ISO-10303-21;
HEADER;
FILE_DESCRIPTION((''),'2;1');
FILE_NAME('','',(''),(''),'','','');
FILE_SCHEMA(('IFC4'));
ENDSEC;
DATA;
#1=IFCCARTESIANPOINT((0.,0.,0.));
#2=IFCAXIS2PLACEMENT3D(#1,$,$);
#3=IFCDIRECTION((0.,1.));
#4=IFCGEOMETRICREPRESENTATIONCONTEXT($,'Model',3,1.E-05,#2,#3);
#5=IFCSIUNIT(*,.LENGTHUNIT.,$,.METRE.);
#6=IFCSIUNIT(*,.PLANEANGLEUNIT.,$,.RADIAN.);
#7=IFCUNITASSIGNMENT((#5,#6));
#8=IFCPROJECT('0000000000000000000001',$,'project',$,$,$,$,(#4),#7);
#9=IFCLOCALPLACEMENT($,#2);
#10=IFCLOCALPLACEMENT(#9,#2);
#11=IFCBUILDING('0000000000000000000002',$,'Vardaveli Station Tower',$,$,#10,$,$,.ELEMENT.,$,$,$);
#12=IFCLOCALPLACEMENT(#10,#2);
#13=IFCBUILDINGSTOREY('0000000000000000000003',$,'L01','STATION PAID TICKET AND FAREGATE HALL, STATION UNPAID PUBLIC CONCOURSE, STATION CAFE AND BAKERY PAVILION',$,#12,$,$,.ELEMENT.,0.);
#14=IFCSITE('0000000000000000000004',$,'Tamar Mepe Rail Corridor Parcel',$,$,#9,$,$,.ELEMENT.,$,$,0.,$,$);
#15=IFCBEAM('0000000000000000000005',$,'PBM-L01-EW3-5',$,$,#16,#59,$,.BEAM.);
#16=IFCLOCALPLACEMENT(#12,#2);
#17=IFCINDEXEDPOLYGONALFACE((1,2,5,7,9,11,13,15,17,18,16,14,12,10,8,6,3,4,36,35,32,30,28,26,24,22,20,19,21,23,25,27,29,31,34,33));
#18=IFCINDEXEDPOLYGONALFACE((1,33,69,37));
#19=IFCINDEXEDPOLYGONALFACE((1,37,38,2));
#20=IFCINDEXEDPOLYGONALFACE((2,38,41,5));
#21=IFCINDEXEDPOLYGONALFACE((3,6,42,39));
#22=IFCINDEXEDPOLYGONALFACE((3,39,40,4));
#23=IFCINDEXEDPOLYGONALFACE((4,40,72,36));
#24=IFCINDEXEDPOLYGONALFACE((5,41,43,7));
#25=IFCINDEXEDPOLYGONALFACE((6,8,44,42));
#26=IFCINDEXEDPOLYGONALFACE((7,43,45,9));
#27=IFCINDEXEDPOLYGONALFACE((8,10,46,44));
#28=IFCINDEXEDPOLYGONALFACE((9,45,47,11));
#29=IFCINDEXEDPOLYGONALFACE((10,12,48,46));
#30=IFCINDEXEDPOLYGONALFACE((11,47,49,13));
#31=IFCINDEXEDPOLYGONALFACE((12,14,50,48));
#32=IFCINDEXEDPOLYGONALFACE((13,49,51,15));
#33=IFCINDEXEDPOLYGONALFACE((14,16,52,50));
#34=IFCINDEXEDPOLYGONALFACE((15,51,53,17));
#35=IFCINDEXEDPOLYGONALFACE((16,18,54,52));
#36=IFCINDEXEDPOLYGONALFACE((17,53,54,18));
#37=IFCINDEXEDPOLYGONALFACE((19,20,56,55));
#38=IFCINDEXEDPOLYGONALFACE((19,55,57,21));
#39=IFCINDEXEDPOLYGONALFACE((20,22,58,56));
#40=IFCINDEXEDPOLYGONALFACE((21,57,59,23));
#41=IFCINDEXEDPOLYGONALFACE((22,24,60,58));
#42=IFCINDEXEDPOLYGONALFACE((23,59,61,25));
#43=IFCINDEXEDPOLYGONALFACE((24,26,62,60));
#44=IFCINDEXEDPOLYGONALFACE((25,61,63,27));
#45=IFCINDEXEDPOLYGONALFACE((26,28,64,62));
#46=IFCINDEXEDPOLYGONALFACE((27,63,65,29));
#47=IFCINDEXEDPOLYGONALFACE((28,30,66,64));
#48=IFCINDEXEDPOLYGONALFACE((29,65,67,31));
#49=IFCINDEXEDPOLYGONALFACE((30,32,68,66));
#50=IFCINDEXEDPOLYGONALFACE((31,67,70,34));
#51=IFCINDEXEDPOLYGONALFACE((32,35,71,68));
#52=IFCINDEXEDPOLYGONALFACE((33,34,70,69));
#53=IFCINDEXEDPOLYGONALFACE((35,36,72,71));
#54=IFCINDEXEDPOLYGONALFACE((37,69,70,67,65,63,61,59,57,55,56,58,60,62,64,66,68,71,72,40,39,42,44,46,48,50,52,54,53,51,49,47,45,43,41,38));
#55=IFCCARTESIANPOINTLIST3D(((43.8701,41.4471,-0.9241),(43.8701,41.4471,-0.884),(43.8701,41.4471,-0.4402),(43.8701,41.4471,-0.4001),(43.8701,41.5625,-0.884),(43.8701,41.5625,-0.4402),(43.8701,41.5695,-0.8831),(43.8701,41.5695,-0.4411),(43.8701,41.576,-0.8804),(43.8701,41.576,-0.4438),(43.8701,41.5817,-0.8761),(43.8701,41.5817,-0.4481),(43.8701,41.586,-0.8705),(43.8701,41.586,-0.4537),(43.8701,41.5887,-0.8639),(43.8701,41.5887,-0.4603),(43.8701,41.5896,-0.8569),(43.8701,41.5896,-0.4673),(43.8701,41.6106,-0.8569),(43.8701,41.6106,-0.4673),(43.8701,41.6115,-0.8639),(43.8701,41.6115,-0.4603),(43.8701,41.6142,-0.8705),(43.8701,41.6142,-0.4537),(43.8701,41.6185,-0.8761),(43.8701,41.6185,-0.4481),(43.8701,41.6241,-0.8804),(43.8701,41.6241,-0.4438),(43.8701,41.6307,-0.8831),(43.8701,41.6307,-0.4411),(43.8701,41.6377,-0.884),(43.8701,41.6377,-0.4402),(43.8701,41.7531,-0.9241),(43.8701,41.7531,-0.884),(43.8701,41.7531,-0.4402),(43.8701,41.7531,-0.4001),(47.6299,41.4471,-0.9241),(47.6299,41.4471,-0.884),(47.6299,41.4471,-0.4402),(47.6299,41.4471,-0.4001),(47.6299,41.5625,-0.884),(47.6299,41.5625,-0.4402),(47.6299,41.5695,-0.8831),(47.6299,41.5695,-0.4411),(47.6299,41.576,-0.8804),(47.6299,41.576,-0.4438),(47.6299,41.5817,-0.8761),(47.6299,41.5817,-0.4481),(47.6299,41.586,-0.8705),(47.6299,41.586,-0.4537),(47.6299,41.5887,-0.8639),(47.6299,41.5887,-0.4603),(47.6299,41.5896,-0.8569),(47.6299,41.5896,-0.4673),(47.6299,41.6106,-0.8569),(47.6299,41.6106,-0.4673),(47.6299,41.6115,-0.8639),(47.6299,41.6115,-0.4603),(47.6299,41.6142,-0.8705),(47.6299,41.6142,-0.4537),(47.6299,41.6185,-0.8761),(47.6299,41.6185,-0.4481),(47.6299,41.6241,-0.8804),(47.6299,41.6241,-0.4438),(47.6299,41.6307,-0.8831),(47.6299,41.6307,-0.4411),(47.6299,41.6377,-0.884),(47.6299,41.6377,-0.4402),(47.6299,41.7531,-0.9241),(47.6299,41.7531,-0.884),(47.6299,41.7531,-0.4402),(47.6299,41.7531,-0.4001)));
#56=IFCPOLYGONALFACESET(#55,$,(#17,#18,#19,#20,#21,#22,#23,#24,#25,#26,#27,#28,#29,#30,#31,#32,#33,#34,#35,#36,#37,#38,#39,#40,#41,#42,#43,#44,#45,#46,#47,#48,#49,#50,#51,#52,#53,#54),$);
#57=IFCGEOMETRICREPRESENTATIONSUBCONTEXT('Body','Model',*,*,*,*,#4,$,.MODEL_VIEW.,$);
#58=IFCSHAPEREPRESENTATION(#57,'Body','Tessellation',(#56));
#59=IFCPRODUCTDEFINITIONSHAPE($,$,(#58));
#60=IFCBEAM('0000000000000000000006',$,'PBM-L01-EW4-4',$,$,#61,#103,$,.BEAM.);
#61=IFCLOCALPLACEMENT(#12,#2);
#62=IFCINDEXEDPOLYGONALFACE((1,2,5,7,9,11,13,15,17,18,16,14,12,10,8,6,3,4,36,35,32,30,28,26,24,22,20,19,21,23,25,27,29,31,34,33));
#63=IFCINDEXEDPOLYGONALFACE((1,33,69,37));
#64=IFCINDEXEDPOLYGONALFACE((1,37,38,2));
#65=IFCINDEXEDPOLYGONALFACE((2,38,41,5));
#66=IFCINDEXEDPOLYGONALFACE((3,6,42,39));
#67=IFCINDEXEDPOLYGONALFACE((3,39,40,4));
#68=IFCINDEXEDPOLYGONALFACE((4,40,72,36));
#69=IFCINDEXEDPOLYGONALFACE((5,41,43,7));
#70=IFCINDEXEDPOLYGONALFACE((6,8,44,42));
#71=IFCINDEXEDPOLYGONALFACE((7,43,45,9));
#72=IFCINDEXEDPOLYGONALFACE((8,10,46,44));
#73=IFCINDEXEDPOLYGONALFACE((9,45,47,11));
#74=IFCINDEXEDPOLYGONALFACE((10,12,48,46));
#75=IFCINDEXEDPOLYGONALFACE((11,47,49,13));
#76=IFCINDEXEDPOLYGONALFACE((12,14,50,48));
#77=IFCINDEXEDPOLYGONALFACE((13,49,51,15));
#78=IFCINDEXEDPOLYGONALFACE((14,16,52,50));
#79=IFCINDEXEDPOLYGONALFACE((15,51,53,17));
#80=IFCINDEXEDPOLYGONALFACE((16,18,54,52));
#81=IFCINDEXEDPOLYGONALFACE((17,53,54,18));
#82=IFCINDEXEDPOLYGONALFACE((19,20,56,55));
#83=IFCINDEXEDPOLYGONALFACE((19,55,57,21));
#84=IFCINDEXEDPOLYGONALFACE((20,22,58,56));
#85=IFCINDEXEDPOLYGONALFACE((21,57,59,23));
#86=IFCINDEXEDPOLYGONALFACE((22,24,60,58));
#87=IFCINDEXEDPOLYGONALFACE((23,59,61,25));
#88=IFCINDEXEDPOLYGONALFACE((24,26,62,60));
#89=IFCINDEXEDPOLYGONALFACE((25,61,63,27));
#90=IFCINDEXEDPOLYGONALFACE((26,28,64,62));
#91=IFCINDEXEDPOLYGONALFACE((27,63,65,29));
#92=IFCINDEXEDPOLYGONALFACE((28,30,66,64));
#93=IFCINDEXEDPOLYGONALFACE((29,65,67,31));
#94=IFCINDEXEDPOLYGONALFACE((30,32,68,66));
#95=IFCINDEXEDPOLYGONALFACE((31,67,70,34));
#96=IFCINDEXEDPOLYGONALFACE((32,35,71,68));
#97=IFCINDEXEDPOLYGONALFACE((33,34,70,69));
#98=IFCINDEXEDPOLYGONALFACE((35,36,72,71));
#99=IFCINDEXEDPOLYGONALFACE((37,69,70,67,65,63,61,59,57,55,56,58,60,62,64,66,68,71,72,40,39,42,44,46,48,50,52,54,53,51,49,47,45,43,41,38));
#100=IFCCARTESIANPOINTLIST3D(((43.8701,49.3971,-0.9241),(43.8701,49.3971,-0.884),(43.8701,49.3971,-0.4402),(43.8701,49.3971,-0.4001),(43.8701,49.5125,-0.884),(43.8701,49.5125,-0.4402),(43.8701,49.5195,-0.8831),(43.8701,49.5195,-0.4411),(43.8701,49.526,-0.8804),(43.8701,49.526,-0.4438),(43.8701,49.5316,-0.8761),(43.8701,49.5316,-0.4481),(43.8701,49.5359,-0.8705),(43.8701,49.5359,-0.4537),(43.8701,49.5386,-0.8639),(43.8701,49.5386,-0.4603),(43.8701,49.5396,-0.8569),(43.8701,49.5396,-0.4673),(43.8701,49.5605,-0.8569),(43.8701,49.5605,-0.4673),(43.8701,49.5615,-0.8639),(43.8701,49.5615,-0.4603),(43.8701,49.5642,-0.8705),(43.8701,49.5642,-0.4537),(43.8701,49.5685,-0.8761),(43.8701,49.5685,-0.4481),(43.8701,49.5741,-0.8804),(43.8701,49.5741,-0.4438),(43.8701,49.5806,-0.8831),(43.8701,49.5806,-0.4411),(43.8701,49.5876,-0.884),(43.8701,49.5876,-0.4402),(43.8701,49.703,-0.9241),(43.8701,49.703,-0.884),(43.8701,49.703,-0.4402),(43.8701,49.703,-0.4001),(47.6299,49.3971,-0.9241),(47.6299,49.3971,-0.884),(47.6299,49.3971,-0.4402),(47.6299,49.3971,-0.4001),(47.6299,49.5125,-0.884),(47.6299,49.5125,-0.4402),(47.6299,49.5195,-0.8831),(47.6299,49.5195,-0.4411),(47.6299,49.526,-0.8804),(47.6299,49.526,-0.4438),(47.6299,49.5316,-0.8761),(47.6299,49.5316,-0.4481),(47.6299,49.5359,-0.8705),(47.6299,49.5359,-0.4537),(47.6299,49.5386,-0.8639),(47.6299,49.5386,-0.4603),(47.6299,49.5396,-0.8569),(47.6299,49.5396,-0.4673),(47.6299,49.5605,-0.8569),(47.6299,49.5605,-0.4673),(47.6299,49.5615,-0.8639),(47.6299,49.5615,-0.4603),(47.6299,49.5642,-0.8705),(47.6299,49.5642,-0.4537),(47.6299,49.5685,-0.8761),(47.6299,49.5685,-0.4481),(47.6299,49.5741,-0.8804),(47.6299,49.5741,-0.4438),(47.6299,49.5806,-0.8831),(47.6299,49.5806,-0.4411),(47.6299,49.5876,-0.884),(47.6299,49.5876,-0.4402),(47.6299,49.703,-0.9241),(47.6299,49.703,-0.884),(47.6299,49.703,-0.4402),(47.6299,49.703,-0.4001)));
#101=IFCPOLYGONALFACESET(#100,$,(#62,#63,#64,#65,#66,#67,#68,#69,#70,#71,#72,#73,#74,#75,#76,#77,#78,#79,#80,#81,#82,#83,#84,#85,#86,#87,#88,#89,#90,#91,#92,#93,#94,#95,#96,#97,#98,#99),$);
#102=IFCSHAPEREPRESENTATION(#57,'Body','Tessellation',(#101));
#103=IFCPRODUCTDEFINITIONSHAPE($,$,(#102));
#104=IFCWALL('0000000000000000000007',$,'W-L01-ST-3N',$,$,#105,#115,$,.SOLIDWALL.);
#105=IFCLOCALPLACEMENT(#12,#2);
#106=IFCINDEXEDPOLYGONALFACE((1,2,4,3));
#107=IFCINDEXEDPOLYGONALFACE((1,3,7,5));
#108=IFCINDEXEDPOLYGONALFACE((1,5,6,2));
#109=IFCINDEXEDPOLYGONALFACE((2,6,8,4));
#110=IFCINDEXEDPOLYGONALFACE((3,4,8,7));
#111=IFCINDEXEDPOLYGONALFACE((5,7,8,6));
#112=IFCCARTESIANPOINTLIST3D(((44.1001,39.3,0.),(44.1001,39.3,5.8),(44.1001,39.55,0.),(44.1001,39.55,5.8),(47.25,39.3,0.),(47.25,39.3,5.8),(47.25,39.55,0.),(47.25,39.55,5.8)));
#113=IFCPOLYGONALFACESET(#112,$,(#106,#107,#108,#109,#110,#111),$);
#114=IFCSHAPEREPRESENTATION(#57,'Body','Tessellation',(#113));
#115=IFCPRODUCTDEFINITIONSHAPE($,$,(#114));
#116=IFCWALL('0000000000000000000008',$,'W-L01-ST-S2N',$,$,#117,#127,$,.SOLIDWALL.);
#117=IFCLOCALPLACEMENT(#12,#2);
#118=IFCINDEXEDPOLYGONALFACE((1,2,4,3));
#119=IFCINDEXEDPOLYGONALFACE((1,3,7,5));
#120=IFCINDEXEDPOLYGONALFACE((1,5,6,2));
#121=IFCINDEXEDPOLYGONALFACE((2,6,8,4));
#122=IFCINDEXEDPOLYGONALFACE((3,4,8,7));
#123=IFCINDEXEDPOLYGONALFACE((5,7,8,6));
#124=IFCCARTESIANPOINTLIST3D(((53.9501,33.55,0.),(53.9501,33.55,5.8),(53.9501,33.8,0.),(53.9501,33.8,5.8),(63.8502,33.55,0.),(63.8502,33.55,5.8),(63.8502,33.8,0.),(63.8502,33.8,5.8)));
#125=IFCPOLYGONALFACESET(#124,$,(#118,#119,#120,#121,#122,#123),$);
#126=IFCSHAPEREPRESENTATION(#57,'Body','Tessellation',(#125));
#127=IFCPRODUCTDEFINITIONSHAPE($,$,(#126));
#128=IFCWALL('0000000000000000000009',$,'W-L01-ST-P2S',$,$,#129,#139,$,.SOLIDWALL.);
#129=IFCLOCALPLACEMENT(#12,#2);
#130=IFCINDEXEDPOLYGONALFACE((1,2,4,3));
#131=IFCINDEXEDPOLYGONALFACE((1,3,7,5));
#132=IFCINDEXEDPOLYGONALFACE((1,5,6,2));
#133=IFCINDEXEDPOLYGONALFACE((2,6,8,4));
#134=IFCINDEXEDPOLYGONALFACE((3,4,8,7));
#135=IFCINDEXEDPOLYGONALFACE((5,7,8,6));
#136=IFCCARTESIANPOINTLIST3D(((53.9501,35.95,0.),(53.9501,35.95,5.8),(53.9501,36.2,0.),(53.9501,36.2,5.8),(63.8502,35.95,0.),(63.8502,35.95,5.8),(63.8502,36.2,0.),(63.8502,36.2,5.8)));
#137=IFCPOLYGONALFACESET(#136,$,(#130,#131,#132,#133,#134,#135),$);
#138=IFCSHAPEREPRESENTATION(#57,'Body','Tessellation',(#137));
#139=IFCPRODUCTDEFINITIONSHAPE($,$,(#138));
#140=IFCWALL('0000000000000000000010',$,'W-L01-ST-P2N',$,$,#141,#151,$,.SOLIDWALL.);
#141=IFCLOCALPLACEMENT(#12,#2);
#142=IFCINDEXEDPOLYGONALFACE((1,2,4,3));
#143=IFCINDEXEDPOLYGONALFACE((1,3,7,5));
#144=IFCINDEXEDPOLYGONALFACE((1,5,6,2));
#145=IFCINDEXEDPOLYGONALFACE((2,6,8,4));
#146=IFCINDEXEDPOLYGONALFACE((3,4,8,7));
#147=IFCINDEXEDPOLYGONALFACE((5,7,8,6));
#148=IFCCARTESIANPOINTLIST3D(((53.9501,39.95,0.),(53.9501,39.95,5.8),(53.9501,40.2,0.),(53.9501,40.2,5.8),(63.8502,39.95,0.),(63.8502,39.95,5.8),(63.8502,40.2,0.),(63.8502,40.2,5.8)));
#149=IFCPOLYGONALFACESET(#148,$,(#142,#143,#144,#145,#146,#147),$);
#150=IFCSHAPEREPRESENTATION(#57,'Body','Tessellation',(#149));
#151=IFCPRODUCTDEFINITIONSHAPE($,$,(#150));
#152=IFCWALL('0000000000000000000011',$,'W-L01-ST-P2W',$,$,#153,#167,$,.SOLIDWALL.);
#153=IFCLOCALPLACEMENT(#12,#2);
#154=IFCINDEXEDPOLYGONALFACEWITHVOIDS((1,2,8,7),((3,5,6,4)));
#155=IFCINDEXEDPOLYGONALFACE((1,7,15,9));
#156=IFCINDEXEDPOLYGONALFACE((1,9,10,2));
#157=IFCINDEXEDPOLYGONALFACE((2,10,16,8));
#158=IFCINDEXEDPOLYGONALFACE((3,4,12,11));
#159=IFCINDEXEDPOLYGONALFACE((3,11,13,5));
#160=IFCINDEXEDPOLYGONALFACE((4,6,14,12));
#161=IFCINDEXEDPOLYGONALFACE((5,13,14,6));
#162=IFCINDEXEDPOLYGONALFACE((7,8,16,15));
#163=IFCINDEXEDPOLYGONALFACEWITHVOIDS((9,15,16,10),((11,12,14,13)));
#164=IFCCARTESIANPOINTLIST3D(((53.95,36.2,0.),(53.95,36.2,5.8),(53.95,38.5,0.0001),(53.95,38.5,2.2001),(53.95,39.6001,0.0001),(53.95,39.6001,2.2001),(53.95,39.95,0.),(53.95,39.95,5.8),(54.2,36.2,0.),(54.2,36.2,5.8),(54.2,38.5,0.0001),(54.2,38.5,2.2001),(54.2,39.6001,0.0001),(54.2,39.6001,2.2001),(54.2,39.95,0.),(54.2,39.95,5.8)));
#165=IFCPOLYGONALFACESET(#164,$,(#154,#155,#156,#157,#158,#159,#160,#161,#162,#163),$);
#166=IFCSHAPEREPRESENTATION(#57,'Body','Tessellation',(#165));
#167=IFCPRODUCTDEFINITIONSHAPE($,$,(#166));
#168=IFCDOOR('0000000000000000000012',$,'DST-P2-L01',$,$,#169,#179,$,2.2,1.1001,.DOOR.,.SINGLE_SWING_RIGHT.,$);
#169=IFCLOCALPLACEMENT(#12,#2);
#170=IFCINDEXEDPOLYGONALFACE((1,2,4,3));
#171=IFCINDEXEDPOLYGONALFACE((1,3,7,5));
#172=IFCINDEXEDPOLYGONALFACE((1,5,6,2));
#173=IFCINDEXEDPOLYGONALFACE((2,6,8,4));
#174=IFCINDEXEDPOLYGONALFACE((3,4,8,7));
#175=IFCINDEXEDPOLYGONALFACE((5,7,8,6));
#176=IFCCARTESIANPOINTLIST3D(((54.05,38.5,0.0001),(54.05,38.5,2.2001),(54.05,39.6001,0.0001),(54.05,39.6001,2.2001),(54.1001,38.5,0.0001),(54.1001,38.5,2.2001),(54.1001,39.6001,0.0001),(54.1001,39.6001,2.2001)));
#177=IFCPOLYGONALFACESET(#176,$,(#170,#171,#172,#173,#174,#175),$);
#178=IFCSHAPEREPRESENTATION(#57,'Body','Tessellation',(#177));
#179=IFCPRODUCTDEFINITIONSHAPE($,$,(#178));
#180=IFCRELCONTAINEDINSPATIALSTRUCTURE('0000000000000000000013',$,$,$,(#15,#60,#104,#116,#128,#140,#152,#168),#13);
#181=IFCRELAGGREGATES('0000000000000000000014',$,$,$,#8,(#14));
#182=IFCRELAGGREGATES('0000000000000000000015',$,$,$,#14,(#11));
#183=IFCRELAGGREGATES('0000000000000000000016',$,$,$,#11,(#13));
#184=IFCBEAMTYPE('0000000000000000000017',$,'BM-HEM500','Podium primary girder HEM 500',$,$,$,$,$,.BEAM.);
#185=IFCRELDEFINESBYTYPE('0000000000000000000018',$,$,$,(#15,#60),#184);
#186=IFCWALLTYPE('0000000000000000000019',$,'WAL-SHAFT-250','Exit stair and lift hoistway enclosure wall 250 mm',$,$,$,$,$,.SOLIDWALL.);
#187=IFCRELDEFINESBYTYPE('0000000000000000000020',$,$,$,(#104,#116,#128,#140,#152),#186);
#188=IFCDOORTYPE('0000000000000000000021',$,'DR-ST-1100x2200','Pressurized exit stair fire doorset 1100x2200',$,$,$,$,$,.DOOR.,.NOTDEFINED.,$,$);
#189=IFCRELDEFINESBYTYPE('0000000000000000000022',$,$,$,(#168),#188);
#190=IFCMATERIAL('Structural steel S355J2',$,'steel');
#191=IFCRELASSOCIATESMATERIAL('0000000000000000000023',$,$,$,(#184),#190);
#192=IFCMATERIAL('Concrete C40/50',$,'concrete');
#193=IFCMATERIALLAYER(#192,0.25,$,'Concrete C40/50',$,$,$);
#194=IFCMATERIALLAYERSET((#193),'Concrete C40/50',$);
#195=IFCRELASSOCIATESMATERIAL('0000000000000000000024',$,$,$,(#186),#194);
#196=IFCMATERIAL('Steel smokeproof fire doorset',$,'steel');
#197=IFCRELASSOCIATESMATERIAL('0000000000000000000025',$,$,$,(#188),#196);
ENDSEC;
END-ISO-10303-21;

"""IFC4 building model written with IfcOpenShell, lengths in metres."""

from ifc_helpers import new_model, si_unit, direction, frame, frame_2d, origin, origin_2d, place, context, subcontext, project, spatial, rectangle, i_section, extrude, source, transform, mapped, material, layer, layer_set, material_profile, profile_set, type_object, element, fill, save


model = new_model("IFC4")

# Units and contexts
model_context = context("Model", 3, precision=1e-05, world=origin(), true_north=direction((0.0, 1.0)))
body_context = subcontext(model_context, "Body", "Model", "MODEL_VIEW")
ifc_project = project(units=[si_unit("LENGTHUNIT", "METRE"), si_unit("PLANEANGLEUNIT", "RADIAN")], contexts=[model_context])

# Site, building, storey
site_placement = place(None, origin())
site = spatial("IfcSite", under=ifc_project, at=site_placement, Name="Tamar Mepe Rail Corridor Parcel", CompositionType="ELEMENT", RefElevation=0.0)
building_placement = place(site_placement, origin())
building = spatial("IfcBuilding", under=site, at=building_placement, Name="Vardaveli Station Tower", CompositionType="ELEMENT")
storey_placement = place(building_placement, origin())
storey = spatial("IfcBuildingStorey", under=building, at=storey_placement, Name="L01", Description="STATION PAID TICKET AND FAREGATE HALL, STATION UNPAID PUBLIC CONCOURSE, STATION CAFE AND BAKERY PAVILION", CompositionType="ELEMENT", Elevation=0.0)

# Beams
ifc_material_1 = material(Name="Structural steel S355J2", Category="steel")
ifc_material_profile_1 = material_profile(ifc_material_1, i_section(OverallWidth=0.3059, OverallDepth=0.5239, WebThickness=0.021, FlangeThickness=0.04, FilletRadius=0.0271, at=origin_2d()), Name="HEM 500")
ifc_profile_set_1 = profile_set([ifc_material_profile_1], Name="Structural steel S355J2")
beam_type = type_object("IfcBeamType", Name="BM-HEM500", Description="Podium primary girder HEM 500", PredefinedType="BEAM", material=ifc_profile_set_1)
shared_shape_1 = source(origin(), body_context, "Body", "SweptSolid", [
    extrude(i_section(OverallWidth=0.3059, OverallDepth=0.5239, WebThickness=0.021, FlangeThickness=0.04, FilletRadius=0.0271, at=origin_2d()), origin(), (0.0, 0.0, 1.0), 3.7598),
])
for number, where, z_axis, x_axis, name in (
    (1, (43.8701, 41.6001, -0.6621), (1.0, 0.0, 0.0), (0.0, 1.0, 0.0), "PBM-L01-EW3-5"),
    (2, (43.8701, 49.55, -0.6621), (1.0, 0.0, 0.0), (0.0, 1.0, 0.0), "PBM-L01-EW4-4"),
):
    element("IfcBeam", number, at=place(storey_placement, frame(where, z_axis=z_axis, x_axis=x_axis)), inside=storey, type_object=beam_type, Name=name, PredefinedType="BEAM", context=body_context, shape_type="MappedRepresentation", body=[
        mapped(shared_shape_1, transform((0.0, 0.0, 0.0), scale=1.0)),
    ])

# Walls
ifc_material_2 = material(Name="Concrete C40/50", Category="concrete")
ifc_layer_1 = layer(ifc_material_2, 0.25, Name="Concrete C40/50")
ifc_layer_set_1 = layer_set([ifc_layer_1], Name="Concrete C40/50")
wall_type_1 = type_object("IfcWallType", Name="WAL-SHAFT-250", Description="Exit stair and lift hoistway enclosure wall 250 mm", PredefinedType="SOLIDWALL", material=ifc_layer_set_1)
shared_shape_2 = source(origin(), body_context, "Body", "SweptSolid", [
    extrude(rectangle(XDim=3.1499, YDim=0.25, at=frame_2d((1.575, 0.0))), origin(), (0.0, 0.0, 1.0), 5.8),
])
wall_1_placement = place(storey_placement, frame((44.1001, 39.425, 0.0), z_axis=(0.0, 0.0, 1.0), x_axis=(1.0, 0.0, 0.0)))
element("IfcWall", 3, at=wall_1_placement, inside=storey, type_object=wall_type_1, Name="W-L01-ST-3N", PredefinedType="SOLIDWALL", context=body_context, shape_type="MappedRepresentation", body=[
    mapped(shared_shape_2, transform((0.0, 0.0, 0.0), scale=1.0)),
])
shared_shape_3 = source(origin(), body_context, "Body", "SweptSolid", [
    extrude(rectangle(XDim=9.9001, YDim=0.25, at=frame_2d((4.9502, 0.0))), origin(), (0.0, 0.0, 1.0), 5.8),
])
for number, where, z_axis, x_axis, name in (
    (4, (53.95, 33.675, 0.0), (0.0, 0.0, 1.0), (1.0, 0.0, 0.0), "W-L01-ST-S2N"),
    (5, (53.95, 36.075, 0.0), (0.0, 0.0, 1.0), (1.0, 0.0, 0.0), "W-L01-ST-P2S"),
    (6, (53.95, 40.075, 0.0), (0.0, 0.0, 1.0), (1.0, 0.0, 0.0), "W-L01-ST-P2N"),
):
    element("IfcWall", number, at=place(storey_placement, frame(where, z_axis=z_axis, x_axis=x_axis)), inside=storey, type_object=wall_type_1, Name=name, PredefinedType="SOLIDWALL", context=body_context, shape_type="MappedRepresentation", body=[
        mapped(shared_shape_3, transform((0.0, 0.0, 0.0), scale=1.0)),
    ])

# Wall, opening, door
shared_shape_4 = source(origin(), body_context, "Body", "SweptSolid", [
    extrude(rectangle(XDim=3.75, YDim=0.25, at=frame_2d((1.875, 0.0))), origin(), (0.0, 0.0, 1.0), 5.8),
])
wall_2_placement = place(storey_placement, frame((54.075, 36.2, 0.0), z_axis=(0.0, 0.0, 1.0), x_axis=(0.0, 1.0, 0.0)))
wall_2 = element("IfcWall", 7, at=wall_2_placement, inside=storey, type_object=wall_type_1, Name="W-L01-ST-P2W", PredefinedType="SOLIDWALL", context=body_context, shape_type="MappedRepresentation", body=[
    mapped(shared_shape_4, transform((0.0, 0.0, 0.0), scale=1.0)),
])
shared_shape_5 = source(origin(), body_context, "Body", "SweptSolid", [
    extrude(rectangle(XDim=1.1001, YDim=2.2, at=frame_2d((0.55, 1.1001))), frame((0.0, 0.135, 0.0), z_axis=(0.0, -1.0, 0.0), x_axis=(1.0, 0.0, 0.0)), (0.0, 0.0, 1.0), 0.27),
])
opening_1_placement = place(wall_2_placement, frame((2.3, 0.0, 0.0)))
opening_1 = element("IfcOpeningElement", 8, at=opening_1_placement, cuts=wall_2, PredefinedType="OPENING", context=body_context, shape_type="MappedRepresentation", body=[
    mapped(shared_shape_5, transform((0.0, 0.0, 0.0), scale=1.0)),
])
ifc_material_3 = material(Name="Steel smokeproof fire doorset", Category="steel")
door_type_1 = type_object("IfcDoorType", Name="DR-ST-1100x2200", Description="Pressurized exit stair fire doorset 1100x2200", OperationType="NOTDEFINED", PredefinedType="DOOR", material=ifc_material_3)
shared_shape_6 = source(origin(), body_context, "Body", "SweptSolid", [
    extrude(rectangle(XDim=1.1001, YDim=2.2, at=frame_2d((0.55, 1.1001))), frame((0.0, 0.0249, 0.0), z_axis=(0.0, -1.0, 0.0), x_axis=(1.0, 0.0, 0.0)), (0.0, 0.0, 1.0), 0.05),
])
door_1_placement = place(opening_1_placement, origin())
door_1 = element("IfcDoor", 9, at=door_1_placement, inside=storey, type_object=door_type_1, Name="DST-P2-L01", OperationType="SINGLE_SWING_RIGHT", OverallHeight=2.2, OverallWidth=1.1001, PredefinedType="DOOR", context=body_context, shape_type="MappedRepresentation", body=[
    mapped(shared_shape_6, transform((0.0, 0.0, 0.0), scale=1.0)),
])
fill(opening_1, door_1)

save(model, "model.ifc")
